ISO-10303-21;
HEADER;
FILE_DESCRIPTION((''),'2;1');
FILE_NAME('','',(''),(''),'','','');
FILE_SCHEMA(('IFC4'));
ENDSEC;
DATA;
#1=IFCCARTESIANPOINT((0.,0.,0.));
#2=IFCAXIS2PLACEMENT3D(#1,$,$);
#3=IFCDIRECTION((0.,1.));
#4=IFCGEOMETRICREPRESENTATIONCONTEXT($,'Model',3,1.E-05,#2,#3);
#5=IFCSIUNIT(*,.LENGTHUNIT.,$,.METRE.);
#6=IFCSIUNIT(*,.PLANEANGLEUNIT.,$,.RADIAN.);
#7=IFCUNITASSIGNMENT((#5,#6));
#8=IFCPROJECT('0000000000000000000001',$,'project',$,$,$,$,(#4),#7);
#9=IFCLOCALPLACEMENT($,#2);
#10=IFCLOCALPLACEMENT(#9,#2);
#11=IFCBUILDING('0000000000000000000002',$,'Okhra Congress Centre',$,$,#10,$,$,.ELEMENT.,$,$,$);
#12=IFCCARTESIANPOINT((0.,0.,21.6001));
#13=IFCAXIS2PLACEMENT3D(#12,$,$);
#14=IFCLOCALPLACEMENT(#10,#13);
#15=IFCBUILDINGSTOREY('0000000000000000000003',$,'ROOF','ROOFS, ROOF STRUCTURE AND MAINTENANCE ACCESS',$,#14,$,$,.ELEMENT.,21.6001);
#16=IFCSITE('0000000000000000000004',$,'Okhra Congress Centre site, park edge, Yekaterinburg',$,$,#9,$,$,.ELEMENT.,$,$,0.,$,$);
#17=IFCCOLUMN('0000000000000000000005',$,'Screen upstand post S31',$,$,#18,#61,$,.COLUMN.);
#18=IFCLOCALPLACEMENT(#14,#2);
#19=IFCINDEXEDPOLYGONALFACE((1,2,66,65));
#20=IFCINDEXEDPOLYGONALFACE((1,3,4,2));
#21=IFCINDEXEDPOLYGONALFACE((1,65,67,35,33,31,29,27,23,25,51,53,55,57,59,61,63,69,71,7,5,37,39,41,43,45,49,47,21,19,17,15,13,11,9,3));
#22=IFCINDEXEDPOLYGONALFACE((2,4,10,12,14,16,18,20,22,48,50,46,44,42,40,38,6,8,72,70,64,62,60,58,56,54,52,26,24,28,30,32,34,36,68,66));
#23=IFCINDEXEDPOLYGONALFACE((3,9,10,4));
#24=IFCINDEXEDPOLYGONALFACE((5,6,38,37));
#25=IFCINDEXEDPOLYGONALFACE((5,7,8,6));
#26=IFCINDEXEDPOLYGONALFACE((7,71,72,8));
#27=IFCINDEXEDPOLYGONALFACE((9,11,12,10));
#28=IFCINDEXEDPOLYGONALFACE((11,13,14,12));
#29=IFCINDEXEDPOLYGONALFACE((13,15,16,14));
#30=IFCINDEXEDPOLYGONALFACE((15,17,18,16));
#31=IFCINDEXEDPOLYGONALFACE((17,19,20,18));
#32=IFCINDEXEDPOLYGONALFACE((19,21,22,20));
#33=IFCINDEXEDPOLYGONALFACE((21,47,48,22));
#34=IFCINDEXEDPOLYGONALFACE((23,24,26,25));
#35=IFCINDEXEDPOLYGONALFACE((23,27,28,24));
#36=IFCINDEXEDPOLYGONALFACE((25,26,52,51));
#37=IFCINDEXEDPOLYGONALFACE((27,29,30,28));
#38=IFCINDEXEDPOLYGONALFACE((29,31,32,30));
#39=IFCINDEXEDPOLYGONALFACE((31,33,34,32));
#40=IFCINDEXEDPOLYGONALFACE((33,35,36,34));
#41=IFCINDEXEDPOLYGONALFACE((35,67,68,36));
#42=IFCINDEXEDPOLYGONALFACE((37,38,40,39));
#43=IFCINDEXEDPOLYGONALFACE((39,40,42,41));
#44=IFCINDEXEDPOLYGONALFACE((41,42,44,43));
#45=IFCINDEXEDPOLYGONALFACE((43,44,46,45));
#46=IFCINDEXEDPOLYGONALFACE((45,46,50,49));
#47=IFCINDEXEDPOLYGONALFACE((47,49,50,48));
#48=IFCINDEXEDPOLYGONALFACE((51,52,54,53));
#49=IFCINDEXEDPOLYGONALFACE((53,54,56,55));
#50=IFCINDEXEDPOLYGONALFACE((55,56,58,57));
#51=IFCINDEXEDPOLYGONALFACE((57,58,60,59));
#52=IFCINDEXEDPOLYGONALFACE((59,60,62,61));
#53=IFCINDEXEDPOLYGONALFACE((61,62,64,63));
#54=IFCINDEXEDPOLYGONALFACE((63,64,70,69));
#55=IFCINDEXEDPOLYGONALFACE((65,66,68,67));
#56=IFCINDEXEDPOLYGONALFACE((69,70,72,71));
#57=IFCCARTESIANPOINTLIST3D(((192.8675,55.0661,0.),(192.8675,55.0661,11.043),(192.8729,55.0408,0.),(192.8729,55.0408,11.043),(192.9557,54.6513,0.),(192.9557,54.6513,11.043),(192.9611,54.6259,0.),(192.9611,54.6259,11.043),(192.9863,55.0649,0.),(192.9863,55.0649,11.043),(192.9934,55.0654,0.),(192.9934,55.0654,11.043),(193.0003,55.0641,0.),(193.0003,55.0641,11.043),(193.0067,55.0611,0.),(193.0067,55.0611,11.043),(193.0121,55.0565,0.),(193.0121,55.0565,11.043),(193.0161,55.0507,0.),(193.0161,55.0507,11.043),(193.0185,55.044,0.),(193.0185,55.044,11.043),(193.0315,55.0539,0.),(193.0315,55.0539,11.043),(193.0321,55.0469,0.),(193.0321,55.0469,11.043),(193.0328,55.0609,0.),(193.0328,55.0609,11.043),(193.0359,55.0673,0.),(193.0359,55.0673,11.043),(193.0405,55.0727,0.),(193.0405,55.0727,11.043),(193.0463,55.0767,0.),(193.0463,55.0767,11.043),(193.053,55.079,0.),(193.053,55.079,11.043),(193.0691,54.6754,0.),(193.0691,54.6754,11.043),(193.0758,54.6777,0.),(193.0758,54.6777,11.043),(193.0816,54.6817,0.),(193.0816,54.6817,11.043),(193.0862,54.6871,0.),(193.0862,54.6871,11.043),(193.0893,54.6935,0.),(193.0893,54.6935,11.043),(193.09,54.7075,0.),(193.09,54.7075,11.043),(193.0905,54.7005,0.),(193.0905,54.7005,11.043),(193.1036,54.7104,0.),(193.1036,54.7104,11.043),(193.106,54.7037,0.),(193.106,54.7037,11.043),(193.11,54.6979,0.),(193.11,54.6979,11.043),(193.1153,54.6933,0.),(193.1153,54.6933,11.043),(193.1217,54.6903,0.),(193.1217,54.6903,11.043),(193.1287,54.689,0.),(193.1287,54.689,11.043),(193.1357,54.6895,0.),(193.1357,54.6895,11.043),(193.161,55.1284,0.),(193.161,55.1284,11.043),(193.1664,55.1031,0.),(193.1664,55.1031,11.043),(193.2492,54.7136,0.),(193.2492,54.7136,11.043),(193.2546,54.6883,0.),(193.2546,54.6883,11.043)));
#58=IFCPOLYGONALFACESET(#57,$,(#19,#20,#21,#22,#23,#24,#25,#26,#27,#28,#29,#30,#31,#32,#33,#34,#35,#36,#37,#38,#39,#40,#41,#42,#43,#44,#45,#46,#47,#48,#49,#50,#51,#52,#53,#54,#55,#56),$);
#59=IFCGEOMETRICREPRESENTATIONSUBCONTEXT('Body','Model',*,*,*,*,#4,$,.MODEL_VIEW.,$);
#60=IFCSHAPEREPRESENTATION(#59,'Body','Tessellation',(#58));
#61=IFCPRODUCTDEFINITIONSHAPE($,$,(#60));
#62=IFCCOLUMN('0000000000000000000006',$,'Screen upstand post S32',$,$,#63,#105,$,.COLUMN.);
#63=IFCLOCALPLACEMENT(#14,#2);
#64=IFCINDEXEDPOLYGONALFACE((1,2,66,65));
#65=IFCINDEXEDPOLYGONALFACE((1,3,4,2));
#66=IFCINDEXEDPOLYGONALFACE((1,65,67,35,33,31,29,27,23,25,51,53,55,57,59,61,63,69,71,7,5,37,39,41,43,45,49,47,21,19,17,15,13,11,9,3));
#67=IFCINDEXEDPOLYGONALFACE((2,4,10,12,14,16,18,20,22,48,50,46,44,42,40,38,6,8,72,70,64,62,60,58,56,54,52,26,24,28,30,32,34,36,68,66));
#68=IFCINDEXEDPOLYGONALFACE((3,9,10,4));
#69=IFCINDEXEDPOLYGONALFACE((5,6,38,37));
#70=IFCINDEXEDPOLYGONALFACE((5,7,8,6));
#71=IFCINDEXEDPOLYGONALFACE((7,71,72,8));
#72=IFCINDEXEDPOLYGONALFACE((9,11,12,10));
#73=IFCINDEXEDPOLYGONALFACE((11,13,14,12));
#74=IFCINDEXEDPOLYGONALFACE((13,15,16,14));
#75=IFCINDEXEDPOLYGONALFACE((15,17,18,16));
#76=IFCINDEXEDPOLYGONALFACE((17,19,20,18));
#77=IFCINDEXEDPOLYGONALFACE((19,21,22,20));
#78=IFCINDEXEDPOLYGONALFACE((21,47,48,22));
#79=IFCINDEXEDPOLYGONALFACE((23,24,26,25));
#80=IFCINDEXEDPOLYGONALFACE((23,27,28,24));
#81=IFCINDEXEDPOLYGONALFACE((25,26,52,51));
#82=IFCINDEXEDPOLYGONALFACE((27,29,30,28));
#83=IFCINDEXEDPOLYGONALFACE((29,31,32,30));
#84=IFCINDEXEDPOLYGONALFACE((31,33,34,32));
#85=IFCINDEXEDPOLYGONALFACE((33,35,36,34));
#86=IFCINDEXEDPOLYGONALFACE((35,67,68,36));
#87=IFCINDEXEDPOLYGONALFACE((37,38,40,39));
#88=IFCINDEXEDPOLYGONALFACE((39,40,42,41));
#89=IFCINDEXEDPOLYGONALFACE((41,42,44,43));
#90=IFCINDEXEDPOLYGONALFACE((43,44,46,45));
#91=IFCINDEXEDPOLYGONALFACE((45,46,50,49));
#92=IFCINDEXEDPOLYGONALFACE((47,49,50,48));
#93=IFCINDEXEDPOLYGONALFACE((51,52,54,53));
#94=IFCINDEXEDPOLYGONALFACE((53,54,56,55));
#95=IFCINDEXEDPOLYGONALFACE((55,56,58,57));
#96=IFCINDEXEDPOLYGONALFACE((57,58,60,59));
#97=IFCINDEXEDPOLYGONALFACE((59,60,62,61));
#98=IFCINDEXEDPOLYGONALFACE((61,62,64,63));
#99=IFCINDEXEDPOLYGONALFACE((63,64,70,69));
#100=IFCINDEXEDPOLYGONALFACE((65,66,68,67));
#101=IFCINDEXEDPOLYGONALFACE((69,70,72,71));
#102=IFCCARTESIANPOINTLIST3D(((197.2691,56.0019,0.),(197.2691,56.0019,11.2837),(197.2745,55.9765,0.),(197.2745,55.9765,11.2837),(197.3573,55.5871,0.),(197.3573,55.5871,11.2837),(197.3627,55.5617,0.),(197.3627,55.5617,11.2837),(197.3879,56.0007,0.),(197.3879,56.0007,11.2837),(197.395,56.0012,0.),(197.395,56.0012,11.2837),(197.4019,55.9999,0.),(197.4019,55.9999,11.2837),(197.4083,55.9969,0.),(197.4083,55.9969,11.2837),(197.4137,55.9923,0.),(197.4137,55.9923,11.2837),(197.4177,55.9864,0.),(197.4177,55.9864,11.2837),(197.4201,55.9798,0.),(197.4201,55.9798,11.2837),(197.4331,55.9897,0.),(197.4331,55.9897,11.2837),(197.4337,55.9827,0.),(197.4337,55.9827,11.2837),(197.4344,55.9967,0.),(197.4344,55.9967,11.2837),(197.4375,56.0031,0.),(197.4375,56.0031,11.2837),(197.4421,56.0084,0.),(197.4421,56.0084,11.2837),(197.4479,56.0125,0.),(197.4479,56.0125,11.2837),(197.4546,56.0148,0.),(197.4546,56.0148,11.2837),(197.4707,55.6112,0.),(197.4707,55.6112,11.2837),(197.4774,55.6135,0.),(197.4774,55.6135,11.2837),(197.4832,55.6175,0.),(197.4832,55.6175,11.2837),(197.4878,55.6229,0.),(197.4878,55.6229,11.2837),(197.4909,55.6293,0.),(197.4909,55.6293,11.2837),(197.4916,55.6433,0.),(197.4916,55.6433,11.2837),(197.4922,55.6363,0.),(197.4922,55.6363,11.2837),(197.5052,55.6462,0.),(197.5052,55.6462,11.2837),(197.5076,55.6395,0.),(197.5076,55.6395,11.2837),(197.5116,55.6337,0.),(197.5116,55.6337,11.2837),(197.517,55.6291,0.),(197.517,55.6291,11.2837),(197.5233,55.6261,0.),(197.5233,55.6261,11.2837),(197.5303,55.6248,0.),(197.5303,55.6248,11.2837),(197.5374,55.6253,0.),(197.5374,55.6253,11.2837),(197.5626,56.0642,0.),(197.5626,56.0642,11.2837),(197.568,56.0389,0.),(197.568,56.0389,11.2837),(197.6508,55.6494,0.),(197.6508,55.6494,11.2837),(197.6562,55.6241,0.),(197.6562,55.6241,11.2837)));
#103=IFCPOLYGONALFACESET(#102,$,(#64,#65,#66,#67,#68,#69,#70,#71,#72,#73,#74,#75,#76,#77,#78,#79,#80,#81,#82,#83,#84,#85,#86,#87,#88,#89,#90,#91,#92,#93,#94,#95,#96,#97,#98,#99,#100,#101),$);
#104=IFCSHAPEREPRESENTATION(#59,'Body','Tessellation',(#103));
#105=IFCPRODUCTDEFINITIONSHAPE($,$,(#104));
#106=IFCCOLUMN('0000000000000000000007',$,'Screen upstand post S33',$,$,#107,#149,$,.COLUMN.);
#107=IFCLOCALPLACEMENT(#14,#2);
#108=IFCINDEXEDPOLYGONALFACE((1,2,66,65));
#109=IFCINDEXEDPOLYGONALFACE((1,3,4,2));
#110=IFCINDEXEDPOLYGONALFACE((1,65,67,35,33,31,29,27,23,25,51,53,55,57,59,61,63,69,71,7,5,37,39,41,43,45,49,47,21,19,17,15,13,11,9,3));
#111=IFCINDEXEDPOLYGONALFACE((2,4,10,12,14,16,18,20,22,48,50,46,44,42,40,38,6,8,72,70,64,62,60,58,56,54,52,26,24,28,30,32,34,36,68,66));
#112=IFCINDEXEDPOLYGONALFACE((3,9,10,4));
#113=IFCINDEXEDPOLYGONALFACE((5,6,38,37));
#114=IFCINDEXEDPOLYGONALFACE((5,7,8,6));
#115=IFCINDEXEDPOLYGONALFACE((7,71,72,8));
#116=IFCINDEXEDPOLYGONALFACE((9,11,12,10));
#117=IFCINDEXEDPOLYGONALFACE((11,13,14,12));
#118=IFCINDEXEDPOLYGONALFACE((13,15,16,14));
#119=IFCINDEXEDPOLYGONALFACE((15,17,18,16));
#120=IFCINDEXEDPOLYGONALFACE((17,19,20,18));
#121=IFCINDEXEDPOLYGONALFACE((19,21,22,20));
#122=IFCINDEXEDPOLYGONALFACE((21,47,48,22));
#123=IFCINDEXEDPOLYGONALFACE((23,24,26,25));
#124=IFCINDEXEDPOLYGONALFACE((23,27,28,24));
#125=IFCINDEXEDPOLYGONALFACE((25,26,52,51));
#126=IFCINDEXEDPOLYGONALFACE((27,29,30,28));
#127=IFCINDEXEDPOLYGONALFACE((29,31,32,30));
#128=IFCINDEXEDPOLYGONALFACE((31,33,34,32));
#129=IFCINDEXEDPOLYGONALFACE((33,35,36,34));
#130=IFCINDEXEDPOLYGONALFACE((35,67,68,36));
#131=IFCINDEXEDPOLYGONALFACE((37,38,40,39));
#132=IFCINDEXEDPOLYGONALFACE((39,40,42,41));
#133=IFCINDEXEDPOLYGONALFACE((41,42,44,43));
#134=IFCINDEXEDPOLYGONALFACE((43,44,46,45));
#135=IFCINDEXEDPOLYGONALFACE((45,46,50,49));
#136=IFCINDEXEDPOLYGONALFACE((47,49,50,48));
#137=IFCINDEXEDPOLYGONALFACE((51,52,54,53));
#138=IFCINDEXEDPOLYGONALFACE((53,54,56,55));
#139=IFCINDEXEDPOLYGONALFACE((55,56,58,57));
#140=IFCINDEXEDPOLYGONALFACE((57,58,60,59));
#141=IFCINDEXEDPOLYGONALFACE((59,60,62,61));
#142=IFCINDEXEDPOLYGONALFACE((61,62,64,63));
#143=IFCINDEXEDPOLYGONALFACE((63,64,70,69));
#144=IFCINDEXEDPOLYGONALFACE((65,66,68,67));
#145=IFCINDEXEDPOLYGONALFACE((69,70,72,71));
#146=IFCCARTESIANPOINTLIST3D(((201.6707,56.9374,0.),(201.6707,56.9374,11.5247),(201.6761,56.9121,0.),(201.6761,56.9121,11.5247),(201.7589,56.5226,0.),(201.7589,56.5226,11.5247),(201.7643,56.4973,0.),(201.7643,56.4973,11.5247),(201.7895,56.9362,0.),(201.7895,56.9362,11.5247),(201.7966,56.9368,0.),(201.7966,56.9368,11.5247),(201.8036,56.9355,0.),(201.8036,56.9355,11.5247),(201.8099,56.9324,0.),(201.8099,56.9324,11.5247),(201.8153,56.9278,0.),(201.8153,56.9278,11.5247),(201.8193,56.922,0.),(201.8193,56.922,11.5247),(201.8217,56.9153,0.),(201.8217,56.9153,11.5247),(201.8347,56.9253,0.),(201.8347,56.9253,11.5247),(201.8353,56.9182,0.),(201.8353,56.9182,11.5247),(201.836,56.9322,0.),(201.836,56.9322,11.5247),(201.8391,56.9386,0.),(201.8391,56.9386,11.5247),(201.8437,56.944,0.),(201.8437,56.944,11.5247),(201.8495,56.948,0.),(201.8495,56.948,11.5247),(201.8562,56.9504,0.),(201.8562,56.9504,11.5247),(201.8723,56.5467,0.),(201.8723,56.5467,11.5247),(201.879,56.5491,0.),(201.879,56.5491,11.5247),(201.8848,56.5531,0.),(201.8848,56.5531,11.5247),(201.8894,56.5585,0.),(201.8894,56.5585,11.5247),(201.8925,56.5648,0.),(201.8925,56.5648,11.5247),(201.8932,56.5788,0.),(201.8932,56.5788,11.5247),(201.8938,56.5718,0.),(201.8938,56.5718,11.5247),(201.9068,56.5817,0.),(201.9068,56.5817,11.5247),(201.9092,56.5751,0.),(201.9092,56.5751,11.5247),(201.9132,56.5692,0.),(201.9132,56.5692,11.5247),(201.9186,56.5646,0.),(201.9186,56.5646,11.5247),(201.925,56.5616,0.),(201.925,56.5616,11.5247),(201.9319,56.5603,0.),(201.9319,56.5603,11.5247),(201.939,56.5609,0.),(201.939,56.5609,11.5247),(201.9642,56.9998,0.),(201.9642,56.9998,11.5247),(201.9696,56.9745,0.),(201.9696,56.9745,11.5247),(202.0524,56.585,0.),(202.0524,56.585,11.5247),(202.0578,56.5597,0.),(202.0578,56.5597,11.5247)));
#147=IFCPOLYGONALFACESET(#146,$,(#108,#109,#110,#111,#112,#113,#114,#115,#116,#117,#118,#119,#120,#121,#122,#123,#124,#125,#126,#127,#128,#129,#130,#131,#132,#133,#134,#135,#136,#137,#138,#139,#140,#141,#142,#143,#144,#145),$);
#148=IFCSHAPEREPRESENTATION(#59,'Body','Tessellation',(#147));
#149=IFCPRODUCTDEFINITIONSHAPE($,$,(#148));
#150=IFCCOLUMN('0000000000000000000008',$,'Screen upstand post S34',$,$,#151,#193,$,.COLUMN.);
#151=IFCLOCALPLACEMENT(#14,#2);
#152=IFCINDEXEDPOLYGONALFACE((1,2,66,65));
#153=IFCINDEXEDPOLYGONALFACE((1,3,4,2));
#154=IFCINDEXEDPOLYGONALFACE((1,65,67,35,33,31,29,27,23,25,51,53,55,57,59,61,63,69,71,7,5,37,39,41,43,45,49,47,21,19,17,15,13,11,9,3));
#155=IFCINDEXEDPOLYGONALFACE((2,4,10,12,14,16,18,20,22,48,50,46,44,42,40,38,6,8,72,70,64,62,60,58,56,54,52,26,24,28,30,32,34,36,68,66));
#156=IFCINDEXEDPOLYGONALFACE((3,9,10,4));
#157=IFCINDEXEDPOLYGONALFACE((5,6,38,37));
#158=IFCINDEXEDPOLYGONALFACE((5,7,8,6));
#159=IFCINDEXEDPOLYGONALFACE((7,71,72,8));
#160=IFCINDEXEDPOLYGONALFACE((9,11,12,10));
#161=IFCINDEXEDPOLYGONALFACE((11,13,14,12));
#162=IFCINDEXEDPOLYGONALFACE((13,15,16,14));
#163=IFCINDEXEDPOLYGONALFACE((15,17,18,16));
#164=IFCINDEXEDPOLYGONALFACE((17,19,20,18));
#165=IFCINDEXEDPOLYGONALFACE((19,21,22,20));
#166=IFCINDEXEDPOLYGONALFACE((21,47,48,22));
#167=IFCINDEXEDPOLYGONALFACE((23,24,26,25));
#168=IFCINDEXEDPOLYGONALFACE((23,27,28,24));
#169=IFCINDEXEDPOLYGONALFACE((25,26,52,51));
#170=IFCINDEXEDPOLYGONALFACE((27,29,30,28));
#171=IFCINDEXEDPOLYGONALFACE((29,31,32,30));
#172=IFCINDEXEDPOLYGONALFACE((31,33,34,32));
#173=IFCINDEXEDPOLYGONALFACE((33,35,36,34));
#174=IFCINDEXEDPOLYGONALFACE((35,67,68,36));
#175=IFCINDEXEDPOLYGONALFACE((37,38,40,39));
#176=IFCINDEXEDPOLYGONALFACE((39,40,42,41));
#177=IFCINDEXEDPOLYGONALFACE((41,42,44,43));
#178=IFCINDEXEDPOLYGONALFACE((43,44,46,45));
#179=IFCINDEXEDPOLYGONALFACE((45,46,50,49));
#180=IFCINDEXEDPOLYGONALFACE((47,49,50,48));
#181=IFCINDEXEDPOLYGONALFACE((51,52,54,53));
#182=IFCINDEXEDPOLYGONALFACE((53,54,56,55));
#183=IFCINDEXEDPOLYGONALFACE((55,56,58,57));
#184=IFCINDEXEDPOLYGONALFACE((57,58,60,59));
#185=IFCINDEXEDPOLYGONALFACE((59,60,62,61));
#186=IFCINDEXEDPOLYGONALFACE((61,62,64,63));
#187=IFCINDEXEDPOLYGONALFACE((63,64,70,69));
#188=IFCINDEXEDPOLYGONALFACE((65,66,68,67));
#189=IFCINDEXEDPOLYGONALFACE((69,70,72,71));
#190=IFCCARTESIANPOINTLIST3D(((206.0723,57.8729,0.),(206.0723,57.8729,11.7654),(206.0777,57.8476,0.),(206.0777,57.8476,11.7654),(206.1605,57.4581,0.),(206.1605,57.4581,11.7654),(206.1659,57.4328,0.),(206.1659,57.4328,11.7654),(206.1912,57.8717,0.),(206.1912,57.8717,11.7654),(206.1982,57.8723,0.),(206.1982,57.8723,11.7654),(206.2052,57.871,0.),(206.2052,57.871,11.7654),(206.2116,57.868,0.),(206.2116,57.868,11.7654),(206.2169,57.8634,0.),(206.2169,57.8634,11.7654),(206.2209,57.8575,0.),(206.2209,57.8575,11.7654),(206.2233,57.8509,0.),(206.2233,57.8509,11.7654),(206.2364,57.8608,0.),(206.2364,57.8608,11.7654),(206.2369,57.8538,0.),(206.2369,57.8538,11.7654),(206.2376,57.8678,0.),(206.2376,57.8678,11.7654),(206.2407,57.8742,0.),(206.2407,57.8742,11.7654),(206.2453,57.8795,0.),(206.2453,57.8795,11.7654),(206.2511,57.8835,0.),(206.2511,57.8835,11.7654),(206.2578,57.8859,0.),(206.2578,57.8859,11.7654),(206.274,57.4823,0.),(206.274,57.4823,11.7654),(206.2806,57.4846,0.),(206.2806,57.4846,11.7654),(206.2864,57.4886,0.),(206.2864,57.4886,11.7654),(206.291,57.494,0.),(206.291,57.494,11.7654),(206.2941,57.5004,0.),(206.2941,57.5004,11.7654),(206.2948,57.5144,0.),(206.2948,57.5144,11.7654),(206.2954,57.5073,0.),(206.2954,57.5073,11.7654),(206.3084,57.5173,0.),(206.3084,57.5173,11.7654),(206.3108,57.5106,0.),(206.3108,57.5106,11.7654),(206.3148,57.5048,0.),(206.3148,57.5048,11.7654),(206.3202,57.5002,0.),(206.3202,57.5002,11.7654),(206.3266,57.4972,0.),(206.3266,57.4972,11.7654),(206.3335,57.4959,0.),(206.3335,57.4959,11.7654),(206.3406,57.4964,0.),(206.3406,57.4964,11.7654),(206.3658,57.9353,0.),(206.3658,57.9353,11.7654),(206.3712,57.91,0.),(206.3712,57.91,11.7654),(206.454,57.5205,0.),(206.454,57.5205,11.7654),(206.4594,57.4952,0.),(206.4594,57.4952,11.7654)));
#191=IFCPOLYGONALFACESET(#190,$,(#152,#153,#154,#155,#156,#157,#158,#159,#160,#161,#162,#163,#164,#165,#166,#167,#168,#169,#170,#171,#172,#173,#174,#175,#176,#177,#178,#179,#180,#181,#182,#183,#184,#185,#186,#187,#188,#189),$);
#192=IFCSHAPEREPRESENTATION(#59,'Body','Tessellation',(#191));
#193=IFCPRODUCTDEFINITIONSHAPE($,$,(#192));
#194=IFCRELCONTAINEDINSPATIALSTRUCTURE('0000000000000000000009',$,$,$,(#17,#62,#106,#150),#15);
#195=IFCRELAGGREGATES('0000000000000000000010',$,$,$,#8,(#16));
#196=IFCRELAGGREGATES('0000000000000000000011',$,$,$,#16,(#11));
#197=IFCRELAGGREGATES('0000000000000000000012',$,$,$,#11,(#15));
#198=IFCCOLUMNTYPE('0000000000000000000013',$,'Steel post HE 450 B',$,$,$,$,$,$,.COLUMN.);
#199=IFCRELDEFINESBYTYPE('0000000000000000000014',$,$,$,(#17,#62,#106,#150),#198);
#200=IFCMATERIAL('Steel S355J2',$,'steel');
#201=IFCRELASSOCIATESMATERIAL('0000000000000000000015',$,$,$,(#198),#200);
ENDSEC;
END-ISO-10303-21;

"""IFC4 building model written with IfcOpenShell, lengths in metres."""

from ifc_helpers import new_model, si_unit, direction, frame, origin, origin_2d, place, context, subcontext, project, spatial, i_section, extrude, material, material_profile, profile_set, type_object, element, save


model = new_model("IFC4")

# Units and contexts
model_context = context("Model", 3, precision=1e-05, world=origin(), true_north=direction((0.0, 1.0)))
body_context = subcontext(model_context, "Body", "Model", "MODEL_VIEW")
ifc_project = project(units=[si_unit("LENGTHUNIT", "METRE"), si_unit("PLANEANGLEUNIT", "RADIAN")], contexts=[model_context])

# Site, building, storey
site_placement = place(None, origin())
site = spatial("IfcSite", under=ifc_project, at=site_placement, Name="Okhra Congress Centre site, park edge, Yekaterinburg", CompositionType="ELEMENT", RefElevation=0.0)
building_placement = place(site_placement, origin())
building = spatial("IfcBuilding", under=site, at=building_placement, Name="Okhra Congress Centre", CompositionType="ELEMENT")
storey_placement = place(building_placement, frame((0.0, 0.0, 21.6001)))
storey = spatial("IfcBuildingStorey", under=building, at=storey_placement, Name="ROOF", Description="ROOFS, ROOF STRUCTURE AND MAINTENANCE ACCESS", CompositionType="ELEMENT", Elevation=21.6001)

# Columns
ifc_material_1 = material(Name="Steel S355J2", Category="steel")
ifc_material_profile_1 = material_profile(ifc_material_1, i_section(OverallWidth=0.3, OverallDepth=0.45, WebThickness=0.0139, FlangeThickness=0.0259, FilletRadius=0.0271, at=origin_2d()), Name="HE 450 B")
ifc_profile_set_1 = profile_set([ifc_material_profile_1], Name="Steel S355J2")
column_type = type_object("IfcColumnType", Name="Steel post HE 450 B", PredefinedType="COLUMN", material=ifc_profile_set_1)
column_1_placement = place(storey_placement, frame((193.061, 54.8772, 0.0), z_axis=(0.0, 0.0, 1.0), x_axis=(0.978148, 0.207912, 0.0)))
element("IfcColumn", 1, at=column_1_placement, inside=storey, type_object=column_type, Name="Screen upstand post S31", PredefinedType="COLUMN", context=body_context, shape_type="SweptSolid", body=[
    extrude(i_section(OverallWidth=0.3, OverallDepth=0.45, WebThickness=0.0139, FlangeThickness=0.0259, FilletRadius=0.0271, at=origin_2d()), origin(), (0.0, 0.0, 1.0), 11.043),
])
column_2_placement = place(storey_placement, frame((197.4626, 55.813, 0.0), z_axis=(0.0, 0.0, 1.0), x_axis=(0.978148, 0.207912, 0.0)))
element("IfcColumn", 2, at=column_2_placement, inside=storey, type_object=column_type, Name="Screen upstand post S32", PredefinedType="COLUMN", context=body_context, shape_type="SweptSolid", body=[
    extrude(i_section(OverallWidth=0.3, OverallDepth=0.45, WebThickness=0.0139, FlangeThickness=0.0259, FilletRadius=0.0271, at=origin_2d()), origin(), (0.0, 0.0, 1.0), 11.2837),
])
column_3_placement = place(storey_placement, frame((201.8643, 56.7485, 0.0), z_axis=(0.0, 0.0, 1.0), x_axis=(0.978148, 0.207912, 0.0)))
element("IfcColumn", 3, at=column_3_placement, inside=storey, type_object=column_type, Name="Screen upstand post S33", PredefinedType="COLUMN", context=body_context, shape_type="SweptSolid", body=[
    extrude(i_section(OverallWidth=0.3, OverallDepth=0.45, WebThickness=0.0139, FlangeThickness=0.0259, FilletRadius=0.0271, at=origin_2d()), origin(), (0.0, 0.0, 1.0), 11.5247),
])
column_4_placement = place(storey_placement, frame((206.2659, 57.6841, 0.0), z_axis=(0.0, 0.0, 1.0), x_axis=(0.978148, 0.207912, 0.0)))
element("IfcColumn", 4, at=column_4_placement, inside=storey, type_object=column_type, Name="Screen upstand post S34", PredefinedType="COLUMN", context=body_context, shape_type="SweptSolid", body=[
    extrude(i_section(OverallWidth=0.3, OverallDepth=0.45, WebThickness=0.0139, FlangeThickness=0.0259, FilletRadius=0.0271, at=origin_2d()), origin(), (0.0, 0.0, 1.0), 11.7654),
])

save(model, "model.ifc")
